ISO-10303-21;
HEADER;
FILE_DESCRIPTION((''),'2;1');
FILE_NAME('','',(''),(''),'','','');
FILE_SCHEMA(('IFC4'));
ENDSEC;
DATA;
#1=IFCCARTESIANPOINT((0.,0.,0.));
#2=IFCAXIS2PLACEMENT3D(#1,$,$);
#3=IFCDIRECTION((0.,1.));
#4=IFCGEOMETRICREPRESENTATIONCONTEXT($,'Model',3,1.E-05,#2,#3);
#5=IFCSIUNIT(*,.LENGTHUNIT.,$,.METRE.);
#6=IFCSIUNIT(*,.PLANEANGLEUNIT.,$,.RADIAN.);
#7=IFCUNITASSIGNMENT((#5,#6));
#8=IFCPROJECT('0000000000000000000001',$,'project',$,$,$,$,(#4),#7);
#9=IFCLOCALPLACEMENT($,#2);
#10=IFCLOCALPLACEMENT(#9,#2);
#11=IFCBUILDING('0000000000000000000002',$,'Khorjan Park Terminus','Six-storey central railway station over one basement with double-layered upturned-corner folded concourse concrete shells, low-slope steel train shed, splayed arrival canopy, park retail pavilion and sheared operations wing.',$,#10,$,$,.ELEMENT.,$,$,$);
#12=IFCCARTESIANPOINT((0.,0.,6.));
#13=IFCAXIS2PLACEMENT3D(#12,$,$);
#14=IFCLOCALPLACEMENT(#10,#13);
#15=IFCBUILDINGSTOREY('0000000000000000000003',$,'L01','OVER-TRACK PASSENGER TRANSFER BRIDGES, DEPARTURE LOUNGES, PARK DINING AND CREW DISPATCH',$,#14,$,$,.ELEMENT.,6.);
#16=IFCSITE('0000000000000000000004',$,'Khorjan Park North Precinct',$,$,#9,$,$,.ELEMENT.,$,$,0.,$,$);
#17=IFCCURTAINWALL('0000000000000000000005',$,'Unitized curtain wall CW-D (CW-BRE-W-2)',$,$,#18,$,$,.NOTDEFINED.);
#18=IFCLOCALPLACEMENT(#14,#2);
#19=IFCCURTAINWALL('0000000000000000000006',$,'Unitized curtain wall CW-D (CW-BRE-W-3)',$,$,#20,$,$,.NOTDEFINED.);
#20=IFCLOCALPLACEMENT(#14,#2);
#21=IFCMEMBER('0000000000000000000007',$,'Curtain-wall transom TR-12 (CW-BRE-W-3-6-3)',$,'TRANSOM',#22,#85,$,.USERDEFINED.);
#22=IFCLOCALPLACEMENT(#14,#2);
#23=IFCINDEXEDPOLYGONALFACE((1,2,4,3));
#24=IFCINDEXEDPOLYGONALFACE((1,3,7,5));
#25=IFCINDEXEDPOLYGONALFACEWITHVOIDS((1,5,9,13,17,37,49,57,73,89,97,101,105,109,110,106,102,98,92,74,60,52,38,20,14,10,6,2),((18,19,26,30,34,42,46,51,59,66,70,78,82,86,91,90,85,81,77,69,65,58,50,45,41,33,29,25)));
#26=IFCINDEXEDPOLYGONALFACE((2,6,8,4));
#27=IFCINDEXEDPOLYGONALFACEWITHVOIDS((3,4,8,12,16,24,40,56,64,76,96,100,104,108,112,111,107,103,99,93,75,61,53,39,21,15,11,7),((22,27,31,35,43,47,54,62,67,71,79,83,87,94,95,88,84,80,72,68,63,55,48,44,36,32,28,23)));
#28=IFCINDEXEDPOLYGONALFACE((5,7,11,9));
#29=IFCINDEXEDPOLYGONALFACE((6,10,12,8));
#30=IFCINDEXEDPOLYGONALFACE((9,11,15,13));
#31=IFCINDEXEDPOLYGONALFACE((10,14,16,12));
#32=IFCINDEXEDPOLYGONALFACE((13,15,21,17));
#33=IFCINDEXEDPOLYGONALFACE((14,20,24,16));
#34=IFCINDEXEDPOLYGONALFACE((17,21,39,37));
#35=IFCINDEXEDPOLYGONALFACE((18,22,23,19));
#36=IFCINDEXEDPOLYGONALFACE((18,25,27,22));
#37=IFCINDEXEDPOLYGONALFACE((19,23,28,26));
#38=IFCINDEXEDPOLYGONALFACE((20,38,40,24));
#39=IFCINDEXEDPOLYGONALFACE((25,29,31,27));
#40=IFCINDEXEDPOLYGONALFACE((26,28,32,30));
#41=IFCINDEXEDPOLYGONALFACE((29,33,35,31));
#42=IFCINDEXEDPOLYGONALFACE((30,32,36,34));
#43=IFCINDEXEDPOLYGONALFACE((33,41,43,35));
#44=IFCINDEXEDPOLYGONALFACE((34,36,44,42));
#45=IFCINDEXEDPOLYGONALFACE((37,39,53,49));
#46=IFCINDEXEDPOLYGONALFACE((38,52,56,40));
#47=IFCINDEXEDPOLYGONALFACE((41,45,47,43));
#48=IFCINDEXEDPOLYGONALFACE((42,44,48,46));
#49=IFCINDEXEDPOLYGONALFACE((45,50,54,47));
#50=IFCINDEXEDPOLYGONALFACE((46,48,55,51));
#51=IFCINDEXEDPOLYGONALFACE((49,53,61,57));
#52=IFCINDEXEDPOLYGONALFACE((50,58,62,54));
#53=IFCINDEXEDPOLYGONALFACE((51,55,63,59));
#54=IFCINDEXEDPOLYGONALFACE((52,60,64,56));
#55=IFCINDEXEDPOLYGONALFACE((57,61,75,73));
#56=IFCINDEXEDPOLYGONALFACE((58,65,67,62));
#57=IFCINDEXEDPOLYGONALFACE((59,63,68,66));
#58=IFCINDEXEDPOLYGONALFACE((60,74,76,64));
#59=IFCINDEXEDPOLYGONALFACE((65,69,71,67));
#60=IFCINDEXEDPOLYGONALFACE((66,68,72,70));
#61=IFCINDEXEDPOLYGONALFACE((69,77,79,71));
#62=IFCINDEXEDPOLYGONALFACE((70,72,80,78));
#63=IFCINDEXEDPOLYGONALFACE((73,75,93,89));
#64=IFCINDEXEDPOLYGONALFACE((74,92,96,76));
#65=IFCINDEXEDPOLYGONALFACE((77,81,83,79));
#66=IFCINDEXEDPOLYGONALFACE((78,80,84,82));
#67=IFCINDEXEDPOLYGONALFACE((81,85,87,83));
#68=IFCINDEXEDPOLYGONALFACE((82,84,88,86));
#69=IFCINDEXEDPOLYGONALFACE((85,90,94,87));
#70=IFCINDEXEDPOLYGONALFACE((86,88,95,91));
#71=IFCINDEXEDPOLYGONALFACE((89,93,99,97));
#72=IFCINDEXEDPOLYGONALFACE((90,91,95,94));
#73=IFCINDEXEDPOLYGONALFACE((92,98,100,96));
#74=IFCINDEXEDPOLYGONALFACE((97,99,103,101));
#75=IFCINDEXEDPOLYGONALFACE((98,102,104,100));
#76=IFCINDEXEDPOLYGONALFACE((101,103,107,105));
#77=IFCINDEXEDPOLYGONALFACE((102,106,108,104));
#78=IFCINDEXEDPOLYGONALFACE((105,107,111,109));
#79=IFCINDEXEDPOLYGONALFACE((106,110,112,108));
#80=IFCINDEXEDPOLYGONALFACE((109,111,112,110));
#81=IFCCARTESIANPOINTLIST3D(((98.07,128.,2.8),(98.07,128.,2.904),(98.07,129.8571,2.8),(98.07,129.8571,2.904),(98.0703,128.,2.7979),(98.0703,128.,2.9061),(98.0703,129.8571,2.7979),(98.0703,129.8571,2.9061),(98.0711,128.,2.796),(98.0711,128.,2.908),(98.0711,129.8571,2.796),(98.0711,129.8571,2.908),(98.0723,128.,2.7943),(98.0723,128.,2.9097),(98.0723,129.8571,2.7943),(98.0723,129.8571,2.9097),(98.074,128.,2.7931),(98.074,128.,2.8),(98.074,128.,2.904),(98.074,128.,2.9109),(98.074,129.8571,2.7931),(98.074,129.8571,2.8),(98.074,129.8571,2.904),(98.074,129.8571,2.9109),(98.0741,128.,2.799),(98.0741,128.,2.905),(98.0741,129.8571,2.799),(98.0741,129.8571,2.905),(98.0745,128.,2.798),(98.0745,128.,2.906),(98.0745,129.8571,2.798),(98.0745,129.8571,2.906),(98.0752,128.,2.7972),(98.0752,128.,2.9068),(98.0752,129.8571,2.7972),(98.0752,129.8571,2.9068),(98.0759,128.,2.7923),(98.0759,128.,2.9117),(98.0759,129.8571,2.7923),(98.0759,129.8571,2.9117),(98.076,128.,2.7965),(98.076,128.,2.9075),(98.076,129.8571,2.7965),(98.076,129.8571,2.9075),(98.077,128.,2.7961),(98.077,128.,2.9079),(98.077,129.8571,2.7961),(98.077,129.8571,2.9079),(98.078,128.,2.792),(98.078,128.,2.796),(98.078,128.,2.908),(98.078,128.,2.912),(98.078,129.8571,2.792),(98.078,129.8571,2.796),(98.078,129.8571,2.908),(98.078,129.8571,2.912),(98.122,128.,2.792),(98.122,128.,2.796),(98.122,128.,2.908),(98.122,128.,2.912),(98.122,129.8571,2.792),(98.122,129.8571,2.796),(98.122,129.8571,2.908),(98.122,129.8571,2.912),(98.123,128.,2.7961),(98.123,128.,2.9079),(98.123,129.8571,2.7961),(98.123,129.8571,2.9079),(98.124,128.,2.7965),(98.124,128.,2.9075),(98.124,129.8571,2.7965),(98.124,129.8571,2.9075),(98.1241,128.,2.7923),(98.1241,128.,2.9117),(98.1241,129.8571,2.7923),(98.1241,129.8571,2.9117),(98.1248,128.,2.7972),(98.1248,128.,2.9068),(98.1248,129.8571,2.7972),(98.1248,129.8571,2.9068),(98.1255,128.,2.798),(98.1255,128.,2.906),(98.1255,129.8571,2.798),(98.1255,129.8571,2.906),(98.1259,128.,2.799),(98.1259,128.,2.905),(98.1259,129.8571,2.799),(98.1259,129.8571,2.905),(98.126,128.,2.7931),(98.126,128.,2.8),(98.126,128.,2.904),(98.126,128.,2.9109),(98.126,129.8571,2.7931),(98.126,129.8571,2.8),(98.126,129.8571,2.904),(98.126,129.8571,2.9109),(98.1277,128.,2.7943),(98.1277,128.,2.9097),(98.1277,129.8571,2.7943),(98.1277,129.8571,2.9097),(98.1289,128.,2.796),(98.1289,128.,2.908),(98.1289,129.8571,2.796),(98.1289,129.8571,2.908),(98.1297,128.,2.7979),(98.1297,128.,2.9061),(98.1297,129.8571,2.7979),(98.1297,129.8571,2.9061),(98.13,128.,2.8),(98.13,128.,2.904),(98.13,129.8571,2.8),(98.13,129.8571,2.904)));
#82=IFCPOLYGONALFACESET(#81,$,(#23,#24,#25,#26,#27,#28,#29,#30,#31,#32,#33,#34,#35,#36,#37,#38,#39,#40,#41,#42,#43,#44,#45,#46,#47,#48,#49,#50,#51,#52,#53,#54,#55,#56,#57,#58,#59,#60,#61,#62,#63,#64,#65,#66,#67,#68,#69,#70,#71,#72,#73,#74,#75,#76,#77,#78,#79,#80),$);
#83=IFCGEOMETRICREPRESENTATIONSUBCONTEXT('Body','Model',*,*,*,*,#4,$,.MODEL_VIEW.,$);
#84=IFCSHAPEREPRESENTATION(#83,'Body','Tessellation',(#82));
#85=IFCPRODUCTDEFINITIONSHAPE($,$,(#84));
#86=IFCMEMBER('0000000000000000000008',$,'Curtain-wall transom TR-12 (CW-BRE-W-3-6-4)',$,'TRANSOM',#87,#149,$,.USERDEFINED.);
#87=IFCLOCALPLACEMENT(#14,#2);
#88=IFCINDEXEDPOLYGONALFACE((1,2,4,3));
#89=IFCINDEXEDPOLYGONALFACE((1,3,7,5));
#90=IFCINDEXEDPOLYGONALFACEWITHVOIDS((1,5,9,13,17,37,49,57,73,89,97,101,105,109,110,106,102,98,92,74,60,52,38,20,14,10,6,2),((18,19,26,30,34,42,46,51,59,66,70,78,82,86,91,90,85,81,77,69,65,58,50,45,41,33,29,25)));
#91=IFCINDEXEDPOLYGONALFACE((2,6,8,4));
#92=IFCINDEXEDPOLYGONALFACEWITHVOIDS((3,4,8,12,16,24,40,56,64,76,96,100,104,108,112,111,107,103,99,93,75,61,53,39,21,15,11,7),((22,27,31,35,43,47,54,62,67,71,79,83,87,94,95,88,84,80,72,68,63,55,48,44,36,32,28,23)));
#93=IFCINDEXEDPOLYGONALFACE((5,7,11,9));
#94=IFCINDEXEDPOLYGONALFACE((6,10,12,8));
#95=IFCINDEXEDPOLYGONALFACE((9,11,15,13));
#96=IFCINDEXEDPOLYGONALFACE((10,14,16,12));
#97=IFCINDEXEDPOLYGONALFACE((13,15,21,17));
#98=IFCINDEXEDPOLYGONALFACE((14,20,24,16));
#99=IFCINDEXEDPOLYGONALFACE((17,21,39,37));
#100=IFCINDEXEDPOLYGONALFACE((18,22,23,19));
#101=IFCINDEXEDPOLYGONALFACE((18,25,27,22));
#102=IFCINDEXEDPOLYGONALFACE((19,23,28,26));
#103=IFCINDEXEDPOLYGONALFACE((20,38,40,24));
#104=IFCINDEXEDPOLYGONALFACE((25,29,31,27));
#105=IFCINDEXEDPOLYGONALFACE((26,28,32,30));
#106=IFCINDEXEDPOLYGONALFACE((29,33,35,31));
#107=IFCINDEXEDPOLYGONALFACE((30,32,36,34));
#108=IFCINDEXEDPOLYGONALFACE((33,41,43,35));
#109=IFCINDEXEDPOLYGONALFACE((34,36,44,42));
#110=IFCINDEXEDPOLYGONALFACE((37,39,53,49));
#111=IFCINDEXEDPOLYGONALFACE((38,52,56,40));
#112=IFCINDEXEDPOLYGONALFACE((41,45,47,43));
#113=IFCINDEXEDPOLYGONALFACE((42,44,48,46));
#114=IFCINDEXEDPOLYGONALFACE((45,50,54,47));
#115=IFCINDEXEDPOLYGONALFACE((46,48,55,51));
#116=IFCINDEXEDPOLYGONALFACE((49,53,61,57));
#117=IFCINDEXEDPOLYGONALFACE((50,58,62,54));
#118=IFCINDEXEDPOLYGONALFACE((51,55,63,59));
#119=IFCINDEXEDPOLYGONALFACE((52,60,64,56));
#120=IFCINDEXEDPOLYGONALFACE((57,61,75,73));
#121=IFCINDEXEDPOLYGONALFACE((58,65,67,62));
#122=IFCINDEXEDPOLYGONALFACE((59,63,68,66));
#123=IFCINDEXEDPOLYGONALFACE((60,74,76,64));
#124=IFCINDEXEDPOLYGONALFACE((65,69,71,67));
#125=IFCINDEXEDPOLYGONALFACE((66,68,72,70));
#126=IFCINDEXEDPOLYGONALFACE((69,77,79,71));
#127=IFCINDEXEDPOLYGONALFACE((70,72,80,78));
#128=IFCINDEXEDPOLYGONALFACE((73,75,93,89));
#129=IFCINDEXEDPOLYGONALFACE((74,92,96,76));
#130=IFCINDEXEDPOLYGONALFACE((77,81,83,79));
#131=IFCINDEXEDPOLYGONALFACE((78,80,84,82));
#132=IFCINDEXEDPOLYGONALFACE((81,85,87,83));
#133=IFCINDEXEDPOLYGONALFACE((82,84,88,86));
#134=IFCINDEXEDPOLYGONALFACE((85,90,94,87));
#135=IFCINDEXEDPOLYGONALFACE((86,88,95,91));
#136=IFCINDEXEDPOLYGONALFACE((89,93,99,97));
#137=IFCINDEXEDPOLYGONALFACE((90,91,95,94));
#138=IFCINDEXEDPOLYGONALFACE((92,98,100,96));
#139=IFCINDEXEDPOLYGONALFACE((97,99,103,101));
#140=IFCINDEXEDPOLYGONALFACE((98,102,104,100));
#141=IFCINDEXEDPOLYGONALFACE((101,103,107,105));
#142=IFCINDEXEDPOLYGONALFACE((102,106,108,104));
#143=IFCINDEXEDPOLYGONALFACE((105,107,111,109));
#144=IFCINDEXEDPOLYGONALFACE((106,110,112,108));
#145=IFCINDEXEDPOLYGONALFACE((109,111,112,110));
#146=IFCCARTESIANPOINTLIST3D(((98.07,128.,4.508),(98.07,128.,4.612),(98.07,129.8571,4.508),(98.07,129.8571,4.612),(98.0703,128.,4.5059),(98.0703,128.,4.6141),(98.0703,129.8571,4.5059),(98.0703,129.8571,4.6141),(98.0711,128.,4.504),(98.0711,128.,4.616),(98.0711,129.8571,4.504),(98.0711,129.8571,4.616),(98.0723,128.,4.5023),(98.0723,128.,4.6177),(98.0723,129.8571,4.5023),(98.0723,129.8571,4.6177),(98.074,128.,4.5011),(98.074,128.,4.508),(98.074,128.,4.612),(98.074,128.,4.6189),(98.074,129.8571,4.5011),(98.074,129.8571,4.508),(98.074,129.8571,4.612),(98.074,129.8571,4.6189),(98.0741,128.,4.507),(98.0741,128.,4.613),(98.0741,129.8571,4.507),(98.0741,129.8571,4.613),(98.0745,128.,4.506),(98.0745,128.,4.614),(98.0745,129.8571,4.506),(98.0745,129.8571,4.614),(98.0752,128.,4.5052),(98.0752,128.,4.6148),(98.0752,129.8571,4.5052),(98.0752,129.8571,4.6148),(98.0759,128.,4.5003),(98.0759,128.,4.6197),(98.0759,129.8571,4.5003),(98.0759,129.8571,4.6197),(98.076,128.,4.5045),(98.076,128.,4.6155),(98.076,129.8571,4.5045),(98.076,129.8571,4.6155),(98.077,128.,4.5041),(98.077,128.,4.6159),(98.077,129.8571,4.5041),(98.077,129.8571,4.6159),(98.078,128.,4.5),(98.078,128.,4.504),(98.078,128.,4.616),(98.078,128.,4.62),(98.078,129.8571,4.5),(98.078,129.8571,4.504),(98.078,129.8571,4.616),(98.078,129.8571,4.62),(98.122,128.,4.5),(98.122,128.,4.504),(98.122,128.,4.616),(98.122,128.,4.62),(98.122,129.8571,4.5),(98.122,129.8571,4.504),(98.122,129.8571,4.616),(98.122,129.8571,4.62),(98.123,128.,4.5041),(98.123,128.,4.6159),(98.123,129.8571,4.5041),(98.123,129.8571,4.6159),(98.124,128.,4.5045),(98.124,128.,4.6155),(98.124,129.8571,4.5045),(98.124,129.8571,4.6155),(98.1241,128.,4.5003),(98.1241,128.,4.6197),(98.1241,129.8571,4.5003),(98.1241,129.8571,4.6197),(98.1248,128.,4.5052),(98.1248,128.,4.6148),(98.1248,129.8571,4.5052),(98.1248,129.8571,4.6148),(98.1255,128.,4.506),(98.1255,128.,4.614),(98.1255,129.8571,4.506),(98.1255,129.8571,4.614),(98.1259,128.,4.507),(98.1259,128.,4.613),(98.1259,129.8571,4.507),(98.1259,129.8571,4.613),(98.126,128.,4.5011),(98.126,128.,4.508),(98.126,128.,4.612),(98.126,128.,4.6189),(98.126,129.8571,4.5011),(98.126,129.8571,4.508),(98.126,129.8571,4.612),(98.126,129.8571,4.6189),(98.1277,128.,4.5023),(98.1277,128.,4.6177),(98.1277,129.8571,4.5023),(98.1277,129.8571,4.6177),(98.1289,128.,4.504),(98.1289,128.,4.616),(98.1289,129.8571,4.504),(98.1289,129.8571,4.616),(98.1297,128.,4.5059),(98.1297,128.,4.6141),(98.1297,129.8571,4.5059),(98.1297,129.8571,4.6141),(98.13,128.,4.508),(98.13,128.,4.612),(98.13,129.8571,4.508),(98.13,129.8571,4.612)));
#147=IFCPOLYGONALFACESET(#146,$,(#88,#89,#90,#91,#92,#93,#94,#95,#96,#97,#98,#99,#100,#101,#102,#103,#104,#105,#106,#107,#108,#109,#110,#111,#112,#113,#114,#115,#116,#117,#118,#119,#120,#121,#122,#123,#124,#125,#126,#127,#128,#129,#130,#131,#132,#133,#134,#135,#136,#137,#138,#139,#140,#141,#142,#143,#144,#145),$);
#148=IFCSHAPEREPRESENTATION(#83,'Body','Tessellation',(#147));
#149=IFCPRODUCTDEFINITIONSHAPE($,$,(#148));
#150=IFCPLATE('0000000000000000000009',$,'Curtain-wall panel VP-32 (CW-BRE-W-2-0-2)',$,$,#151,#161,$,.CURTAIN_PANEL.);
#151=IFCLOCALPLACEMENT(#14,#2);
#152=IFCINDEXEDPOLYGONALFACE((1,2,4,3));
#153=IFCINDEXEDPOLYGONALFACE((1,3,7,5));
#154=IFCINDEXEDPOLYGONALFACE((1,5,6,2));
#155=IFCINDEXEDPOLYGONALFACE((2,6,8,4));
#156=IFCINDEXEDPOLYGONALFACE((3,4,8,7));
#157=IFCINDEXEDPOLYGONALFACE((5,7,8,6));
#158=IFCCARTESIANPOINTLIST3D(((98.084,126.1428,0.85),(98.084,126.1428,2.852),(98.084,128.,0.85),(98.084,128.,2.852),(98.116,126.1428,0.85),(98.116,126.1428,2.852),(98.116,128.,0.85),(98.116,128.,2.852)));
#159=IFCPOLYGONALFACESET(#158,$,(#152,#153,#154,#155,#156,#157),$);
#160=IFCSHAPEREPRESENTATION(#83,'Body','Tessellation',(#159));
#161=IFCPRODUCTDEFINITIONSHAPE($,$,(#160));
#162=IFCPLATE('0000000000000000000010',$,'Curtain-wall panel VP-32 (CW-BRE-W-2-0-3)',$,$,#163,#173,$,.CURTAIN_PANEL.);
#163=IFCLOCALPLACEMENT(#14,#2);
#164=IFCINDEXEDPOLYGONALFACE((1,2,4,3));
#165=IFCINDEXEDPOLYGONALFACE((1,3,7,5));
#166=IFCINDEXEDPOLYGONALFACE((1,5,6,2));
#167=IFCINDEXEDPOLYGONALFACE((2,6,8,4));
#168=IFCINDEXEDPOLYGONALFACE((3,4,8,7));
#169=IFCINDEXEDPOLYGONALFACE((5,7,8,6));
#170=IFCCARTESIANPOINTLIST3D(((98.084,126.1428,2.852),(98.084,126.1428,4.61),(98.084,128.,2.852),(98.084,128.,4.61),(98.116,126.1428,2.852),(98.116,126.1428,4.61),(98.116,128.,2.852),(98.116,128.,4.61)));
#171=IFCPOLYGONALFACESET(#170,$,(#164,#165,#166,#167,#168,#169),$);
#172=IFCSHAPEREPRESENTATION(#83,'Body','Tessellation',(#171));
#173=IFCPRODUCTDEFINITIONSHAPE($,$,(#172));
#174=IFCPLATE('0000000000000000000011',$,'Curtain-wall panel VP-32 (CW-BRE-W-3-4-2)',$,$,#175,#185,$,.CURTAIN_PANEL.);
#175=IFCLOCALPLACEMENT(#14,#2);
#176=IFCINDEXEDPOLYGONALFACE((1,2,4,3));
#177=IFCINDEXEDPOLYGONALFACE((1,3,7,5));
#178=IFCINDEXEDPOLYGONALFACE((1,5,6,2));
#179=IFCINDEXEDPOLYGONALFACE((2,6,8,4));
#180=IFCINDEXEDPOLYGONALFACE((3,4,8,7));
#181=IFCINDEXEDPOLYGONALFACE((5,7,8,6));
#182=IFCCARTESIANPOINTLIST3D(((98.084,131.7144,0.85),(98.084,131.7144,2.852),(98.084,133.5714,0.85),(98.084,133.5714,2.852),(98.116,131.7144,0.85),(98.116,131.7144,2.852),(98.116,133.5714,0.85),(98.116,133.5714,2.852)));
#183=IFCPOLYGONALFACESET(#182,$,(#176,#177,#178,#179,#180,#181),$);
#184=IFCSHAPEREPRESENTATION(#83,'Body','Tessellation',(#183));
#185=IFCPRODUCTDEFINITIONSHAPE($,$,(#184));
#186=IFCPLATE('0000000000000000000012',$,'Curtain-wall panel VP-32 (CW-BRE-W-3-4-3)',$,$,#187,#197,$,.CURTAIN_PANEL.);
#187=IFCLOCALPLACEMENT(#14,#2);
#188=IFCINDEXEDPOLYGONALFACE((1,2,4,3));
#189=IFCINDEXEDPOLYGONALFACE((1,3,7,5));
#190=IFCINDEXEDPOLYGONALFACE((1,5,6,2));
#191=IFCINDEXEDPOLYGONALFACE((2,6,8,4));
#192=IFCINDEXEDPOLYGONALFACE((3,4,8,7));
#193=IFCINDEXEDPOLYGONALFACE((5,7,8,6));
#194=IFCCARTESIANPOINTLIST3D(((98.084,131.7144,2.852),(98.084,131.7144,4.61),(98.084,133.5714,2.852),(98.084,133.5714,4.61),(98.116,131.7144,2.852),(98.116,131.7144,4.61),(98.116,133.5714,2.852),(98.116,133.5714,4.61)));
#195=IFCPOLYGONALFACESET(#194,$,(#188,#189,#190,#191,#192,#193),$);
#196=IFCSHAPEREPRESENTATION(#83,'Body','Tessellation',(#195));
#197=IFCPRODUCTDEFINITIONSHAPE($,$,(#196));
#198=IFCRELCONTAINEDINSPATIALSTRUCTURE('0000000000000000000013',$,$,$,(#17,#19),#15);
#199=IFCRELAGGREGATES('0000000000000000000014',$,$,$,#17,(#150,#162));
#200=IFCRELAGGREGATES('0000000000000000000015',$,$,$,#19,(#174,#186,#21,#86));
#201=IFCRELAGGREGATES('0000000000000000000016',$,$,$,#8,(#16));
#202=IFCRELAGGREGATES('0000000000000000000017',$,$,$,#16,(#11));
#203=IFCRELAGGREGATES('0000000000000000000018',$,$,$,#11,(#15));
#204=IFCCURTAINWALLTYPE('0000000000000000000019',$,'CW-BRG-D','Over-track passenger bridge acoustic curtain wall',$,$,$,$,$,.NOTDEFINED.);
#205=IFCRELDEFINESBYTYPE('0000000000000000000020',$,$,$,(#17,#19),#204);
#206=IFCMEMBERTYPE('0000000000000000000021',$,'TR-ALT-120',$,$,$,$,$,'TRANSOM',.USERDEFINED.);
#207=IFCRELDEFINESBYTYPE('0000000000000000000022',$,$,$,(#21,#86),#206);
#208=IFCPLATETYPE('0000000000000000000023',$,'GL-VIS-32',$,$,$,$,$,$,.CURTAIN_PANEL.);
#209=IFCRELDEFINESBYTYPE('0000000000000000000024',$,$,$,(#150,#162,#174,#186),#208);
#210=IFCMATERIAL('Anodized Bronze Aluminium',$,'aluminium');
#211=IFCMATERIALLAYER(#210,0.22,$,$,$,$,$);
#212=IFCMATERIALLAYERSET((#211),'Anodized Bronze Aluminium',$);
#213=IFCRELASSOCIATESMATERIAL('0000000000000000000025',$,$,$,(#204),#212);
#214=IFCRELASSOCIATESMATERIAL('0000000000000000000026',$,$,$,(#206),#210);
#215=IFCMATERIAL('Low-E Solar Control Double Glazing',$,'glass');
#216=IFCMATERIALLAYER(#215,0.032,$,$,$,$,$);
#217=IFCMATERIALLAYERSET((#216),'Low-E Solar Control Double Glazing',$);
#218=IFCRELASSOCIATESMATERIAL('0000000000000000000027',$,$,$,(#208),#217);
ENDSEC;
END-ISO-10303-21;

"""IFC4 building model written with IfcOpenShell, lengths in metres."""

from ifc_helpers import new_model, si_unit, direction, frame, origin, origin_2d, place, context, subcontext, project, spatial, rectangle, hollow_rectangle, extrude, material, layer, layer_set, material_profile, profile_set, type_object, element, aggregate, save


model = new_model("IFC4")

# Units and contexts
model_context = context("Model", 3, precision=1e-05, world=origin(), true_north=direction((0.0, 1.0)))
body_context = subcontext(model_context, "Body", "Model", "MODEL_VIEW")
ifc_project = project(units=[si_unit("LENGTHUNIT", "METRE"), si_unit("PLANEANGLEUNIT", "RADIAN")], contexts=[model_context])

# Site, building, storey
site_placement = place(None, origin())
site = spatial("IfcSite", under=ifc_project, at=site_placement, Name="Khorjan Park North Precinct", CompositionType="ELEMENT", RefElevation=0.0)
building_placement = place(site_placement, origin())
building = spatial("IfcBuilding", under=site, at=building_placement, Name="Khorjan Park Terminus", Description="Six-storey central railway station over one basement with double-layered upturned-corner folded concourse concrete shells, low-slope steel train shed, splayed arrival canopy, park retail pavilion and sheared operations wing.", CompositionType="ELEMENT")
storey_placement = place(building_placement, frame((0.0, 0.0, 6.0)))
storey = spatial("IfcBuildingStorey", under=building, at=storey_placement, Name="L01", Description="OVER-TRACK PASSENGER TRANSFER BRIDGES, DEPARTURE LOUNGES, PARK DINING AND CREW DISPATCH", CompositionType="ELEMENT", Elevation=6.0)

# Curtain wall
ifc_material_1 = material(Name="Anodized Bronze Aluminium", Category="aluminium")
ifc_layer_1 = layer(ifc_material_1, 0.22)
ifc_layer_set_1 = layer_set([ifc_layer_1], Name="Anodized Bronze Aluminium")
curtain_wall_type = type_object("IfcCurtainWallType", Name="CW-BRG-D", Description="Over-track passenger bridge acoustic curtain wall", PredefinedType="NOTDEFINED", material=ifc_layer_set_1)
curtain_wall_1_placement = place(storey_placement, origin())
curtain_wall_1 = element("IfcCurtainWall", 1, at=curtain_wall_1_placement, inside=storey, type_object=curtain_wall_type, Name="Unitized curtain wall CW-D (CW-BRE-W-2)", PredefinedType="NOTDEFINED")

# Curtain wall
curtain_wall_2_placement = place(storey_placement, origin())
curtain_wall_2 = element("IfcCurtainWall", 2, at=curtain_wall_2_placement, inside=storey, type_object=curtain_wall_type, Name="Unitized curtain wall CW-D (CW-BRE-W-3)", PredefinedType="NOTDEFINED")

# Members
ifc_material_profile_1 = material_profile(ifc_material_1, hollow_rectangle(XDim=0.06, YDim=0.12, WallThickness=0.004, InnerFilletRadius=0.004, OuterFilletRadius=0.008, at=origin_2d()), Name="ALT 60x120x4")
ifc_profile_set_1 = profile_set([ifc_material_profile_1], Name="Anodized Bronze Aluminium")
member_type_1 = type_object("IfcMemberType", Name="TR-ALT-120", ElementType="TRANSOM", PredefinedType="USERDEFINED", material=ifc_profile_set_1)
member_1_placement = place(storey_placement, frame((98.1, 129.8571, 2.852), z_axis=(0.0, -1.0, 0.0), x_axis=(1.0, 0.0, 0.0)))
member_1 = element("IfcMember", 3, at=member_1_placement, type_object=member_type_1, Name="Curtain-wall transom TR-12 (CW-BRE-W-3-6-3)", ObjectType="TRANSOM", PredefinedType="USERDEFINED", context=body_context, shape_type="SweptSolid", body=[
    extrude(hollow_rectangle(XDim=0.06, YDim=0.12, WallThickness=0.004, InnerFilletRadius=0.004, OuterFilletRadius=0.008, at=origin_2d()), origin(), (0.0, 0.0, 1.0), 1.8571),
])
member_2_placement = place(storey_placement, frame((98.1, 129.8571, 4.56), z_axis=(0.0, -1.0, 0.0), x_axis=(1.0, 0.0, 0.0)))
member_2 = element("IfcMember", 4, at=member_2_placement, type_object=member_type_1, Name="Curtain-wall transom TR-12 (CW-BRE-W-3-6-4)", ObjectType="TRANSOM", PredefinedType="USERDEFINED", context=body_context, shape_type="SweptSolid", body=[
    extrude(hollow_rectangle(XDim=0.06, YDim=0.12, WallThickness=0.004, InnerFilletRadius=0.004, OuterFilletRadius=0.008, at=origin_2d()), origin(), (0.0, 0.0, 1.0), 1.8571),
])

# Plates
ifc_material_2 = material(Name="Low-E Solar Control Double Glazing", Category="glass")
ifc_layer_2 = layer(ifc_material_2, 0.032)
ifc_layer_set_2 = layer_set([ifc_layer_2], Name="Low-E Solar Control Double Glazing")
plate_type_1 = type_object("IfcPlateType", Name="GL-VIS-32", PredefinedType="CURTAIN_PANEL", material=ifc_layer_set_2)
plate_1_placement = place(storey_placement, frame((98.1, 127.0714, 0.85), z_axis=(0.0, 0.0, 1.0), x_axis=(0.0, -1.0, 0.0)))
plate_1 = element("IfcPlate", 5, at=plate_1_placement, type_object=plate_type_1, Name="Curtain-wall panel VP-32 (CW-BRE-W-2-0-2)", PredefinedType="CURTAIN_PANEL", context=body_context, shape_type="SweptSolid", body=[
    extrude(rectangle(XDim=1.8571, YDim=0.032, at=origin_2d()), origin(), (0.0, 0.0, 1.0), 2.002),
])
plate_2_placement = place(storey_placement, frame((98.1, 127.0714, 2.852), z_axis=(0.0, 0.0, 1.0), x_axis=(0.0, -1.0, 0.0)))
plate_2 = element("IfcPlate", 6, at=plate_2_placement, type_object=plate_type_1, Name="Curtain-wall panel VP-32 (CW-BRE-W-2-0-3)", PredefinedType="CURTAIN_PANEL", context=body_context, shape_type="SweptSolid", body=[
    extrude(rectangle(XDim=1.8571, YDim=0.032, at=origin_2d()), origin(), (0.0, 0.0, 1.0), 1.758),
])
plate_3_placement = place(storey_placement, frame((98.1, 132.6429, 0.85), z_axis=(0.0, 0.0, 1.0), x_axis=(0.0, -1.0, 0.0)))
plate_3 = element("IfcPlate", 7, at=plate_3_placement, type_object=plate_type_1, Name="Curtain-wall panel VP-32 (CW-BRE-W-3-4-2)", PredefinedType="CURTAIN_PANEL", context=body_context, shape_type="SweptSolid", body=[
    extrude(rectangle(XDim=1.8571, YDim=0.032, at=origin_2d()), origin(), (0.0, 0.0, 1.0), 2.002),
])
plate_4_placement = place(storey_placement, frame((98.1, 132.6429, 2.852), z_axis=(0.0, 0.0, 1.0), x_axis=(0.0, -1.0, 0.0)))
plate_4 = element("IfcPlate", 8, at=plate_4_placement, type_object=plate_type_1, Name="Curtain-wall panel VP-32 (CW-BRE-W-3-4-3)", PredefinedType="CURTAIN_PANEL", context=body_context, shape_type="SweptSolid", body=[
    extrude(rectangle(XDim=1.8571, YDim=0.032, at=origin_2d()), origin(), (0.0, 0.0, 1.0), 1.758),
])
aggregate(curtain_wall_1, [plate_1, plate_2])
aggregate(curtain_wall_2, [plate_3, plate_4, member_1, member_2])

save(model, "model.ifc")
